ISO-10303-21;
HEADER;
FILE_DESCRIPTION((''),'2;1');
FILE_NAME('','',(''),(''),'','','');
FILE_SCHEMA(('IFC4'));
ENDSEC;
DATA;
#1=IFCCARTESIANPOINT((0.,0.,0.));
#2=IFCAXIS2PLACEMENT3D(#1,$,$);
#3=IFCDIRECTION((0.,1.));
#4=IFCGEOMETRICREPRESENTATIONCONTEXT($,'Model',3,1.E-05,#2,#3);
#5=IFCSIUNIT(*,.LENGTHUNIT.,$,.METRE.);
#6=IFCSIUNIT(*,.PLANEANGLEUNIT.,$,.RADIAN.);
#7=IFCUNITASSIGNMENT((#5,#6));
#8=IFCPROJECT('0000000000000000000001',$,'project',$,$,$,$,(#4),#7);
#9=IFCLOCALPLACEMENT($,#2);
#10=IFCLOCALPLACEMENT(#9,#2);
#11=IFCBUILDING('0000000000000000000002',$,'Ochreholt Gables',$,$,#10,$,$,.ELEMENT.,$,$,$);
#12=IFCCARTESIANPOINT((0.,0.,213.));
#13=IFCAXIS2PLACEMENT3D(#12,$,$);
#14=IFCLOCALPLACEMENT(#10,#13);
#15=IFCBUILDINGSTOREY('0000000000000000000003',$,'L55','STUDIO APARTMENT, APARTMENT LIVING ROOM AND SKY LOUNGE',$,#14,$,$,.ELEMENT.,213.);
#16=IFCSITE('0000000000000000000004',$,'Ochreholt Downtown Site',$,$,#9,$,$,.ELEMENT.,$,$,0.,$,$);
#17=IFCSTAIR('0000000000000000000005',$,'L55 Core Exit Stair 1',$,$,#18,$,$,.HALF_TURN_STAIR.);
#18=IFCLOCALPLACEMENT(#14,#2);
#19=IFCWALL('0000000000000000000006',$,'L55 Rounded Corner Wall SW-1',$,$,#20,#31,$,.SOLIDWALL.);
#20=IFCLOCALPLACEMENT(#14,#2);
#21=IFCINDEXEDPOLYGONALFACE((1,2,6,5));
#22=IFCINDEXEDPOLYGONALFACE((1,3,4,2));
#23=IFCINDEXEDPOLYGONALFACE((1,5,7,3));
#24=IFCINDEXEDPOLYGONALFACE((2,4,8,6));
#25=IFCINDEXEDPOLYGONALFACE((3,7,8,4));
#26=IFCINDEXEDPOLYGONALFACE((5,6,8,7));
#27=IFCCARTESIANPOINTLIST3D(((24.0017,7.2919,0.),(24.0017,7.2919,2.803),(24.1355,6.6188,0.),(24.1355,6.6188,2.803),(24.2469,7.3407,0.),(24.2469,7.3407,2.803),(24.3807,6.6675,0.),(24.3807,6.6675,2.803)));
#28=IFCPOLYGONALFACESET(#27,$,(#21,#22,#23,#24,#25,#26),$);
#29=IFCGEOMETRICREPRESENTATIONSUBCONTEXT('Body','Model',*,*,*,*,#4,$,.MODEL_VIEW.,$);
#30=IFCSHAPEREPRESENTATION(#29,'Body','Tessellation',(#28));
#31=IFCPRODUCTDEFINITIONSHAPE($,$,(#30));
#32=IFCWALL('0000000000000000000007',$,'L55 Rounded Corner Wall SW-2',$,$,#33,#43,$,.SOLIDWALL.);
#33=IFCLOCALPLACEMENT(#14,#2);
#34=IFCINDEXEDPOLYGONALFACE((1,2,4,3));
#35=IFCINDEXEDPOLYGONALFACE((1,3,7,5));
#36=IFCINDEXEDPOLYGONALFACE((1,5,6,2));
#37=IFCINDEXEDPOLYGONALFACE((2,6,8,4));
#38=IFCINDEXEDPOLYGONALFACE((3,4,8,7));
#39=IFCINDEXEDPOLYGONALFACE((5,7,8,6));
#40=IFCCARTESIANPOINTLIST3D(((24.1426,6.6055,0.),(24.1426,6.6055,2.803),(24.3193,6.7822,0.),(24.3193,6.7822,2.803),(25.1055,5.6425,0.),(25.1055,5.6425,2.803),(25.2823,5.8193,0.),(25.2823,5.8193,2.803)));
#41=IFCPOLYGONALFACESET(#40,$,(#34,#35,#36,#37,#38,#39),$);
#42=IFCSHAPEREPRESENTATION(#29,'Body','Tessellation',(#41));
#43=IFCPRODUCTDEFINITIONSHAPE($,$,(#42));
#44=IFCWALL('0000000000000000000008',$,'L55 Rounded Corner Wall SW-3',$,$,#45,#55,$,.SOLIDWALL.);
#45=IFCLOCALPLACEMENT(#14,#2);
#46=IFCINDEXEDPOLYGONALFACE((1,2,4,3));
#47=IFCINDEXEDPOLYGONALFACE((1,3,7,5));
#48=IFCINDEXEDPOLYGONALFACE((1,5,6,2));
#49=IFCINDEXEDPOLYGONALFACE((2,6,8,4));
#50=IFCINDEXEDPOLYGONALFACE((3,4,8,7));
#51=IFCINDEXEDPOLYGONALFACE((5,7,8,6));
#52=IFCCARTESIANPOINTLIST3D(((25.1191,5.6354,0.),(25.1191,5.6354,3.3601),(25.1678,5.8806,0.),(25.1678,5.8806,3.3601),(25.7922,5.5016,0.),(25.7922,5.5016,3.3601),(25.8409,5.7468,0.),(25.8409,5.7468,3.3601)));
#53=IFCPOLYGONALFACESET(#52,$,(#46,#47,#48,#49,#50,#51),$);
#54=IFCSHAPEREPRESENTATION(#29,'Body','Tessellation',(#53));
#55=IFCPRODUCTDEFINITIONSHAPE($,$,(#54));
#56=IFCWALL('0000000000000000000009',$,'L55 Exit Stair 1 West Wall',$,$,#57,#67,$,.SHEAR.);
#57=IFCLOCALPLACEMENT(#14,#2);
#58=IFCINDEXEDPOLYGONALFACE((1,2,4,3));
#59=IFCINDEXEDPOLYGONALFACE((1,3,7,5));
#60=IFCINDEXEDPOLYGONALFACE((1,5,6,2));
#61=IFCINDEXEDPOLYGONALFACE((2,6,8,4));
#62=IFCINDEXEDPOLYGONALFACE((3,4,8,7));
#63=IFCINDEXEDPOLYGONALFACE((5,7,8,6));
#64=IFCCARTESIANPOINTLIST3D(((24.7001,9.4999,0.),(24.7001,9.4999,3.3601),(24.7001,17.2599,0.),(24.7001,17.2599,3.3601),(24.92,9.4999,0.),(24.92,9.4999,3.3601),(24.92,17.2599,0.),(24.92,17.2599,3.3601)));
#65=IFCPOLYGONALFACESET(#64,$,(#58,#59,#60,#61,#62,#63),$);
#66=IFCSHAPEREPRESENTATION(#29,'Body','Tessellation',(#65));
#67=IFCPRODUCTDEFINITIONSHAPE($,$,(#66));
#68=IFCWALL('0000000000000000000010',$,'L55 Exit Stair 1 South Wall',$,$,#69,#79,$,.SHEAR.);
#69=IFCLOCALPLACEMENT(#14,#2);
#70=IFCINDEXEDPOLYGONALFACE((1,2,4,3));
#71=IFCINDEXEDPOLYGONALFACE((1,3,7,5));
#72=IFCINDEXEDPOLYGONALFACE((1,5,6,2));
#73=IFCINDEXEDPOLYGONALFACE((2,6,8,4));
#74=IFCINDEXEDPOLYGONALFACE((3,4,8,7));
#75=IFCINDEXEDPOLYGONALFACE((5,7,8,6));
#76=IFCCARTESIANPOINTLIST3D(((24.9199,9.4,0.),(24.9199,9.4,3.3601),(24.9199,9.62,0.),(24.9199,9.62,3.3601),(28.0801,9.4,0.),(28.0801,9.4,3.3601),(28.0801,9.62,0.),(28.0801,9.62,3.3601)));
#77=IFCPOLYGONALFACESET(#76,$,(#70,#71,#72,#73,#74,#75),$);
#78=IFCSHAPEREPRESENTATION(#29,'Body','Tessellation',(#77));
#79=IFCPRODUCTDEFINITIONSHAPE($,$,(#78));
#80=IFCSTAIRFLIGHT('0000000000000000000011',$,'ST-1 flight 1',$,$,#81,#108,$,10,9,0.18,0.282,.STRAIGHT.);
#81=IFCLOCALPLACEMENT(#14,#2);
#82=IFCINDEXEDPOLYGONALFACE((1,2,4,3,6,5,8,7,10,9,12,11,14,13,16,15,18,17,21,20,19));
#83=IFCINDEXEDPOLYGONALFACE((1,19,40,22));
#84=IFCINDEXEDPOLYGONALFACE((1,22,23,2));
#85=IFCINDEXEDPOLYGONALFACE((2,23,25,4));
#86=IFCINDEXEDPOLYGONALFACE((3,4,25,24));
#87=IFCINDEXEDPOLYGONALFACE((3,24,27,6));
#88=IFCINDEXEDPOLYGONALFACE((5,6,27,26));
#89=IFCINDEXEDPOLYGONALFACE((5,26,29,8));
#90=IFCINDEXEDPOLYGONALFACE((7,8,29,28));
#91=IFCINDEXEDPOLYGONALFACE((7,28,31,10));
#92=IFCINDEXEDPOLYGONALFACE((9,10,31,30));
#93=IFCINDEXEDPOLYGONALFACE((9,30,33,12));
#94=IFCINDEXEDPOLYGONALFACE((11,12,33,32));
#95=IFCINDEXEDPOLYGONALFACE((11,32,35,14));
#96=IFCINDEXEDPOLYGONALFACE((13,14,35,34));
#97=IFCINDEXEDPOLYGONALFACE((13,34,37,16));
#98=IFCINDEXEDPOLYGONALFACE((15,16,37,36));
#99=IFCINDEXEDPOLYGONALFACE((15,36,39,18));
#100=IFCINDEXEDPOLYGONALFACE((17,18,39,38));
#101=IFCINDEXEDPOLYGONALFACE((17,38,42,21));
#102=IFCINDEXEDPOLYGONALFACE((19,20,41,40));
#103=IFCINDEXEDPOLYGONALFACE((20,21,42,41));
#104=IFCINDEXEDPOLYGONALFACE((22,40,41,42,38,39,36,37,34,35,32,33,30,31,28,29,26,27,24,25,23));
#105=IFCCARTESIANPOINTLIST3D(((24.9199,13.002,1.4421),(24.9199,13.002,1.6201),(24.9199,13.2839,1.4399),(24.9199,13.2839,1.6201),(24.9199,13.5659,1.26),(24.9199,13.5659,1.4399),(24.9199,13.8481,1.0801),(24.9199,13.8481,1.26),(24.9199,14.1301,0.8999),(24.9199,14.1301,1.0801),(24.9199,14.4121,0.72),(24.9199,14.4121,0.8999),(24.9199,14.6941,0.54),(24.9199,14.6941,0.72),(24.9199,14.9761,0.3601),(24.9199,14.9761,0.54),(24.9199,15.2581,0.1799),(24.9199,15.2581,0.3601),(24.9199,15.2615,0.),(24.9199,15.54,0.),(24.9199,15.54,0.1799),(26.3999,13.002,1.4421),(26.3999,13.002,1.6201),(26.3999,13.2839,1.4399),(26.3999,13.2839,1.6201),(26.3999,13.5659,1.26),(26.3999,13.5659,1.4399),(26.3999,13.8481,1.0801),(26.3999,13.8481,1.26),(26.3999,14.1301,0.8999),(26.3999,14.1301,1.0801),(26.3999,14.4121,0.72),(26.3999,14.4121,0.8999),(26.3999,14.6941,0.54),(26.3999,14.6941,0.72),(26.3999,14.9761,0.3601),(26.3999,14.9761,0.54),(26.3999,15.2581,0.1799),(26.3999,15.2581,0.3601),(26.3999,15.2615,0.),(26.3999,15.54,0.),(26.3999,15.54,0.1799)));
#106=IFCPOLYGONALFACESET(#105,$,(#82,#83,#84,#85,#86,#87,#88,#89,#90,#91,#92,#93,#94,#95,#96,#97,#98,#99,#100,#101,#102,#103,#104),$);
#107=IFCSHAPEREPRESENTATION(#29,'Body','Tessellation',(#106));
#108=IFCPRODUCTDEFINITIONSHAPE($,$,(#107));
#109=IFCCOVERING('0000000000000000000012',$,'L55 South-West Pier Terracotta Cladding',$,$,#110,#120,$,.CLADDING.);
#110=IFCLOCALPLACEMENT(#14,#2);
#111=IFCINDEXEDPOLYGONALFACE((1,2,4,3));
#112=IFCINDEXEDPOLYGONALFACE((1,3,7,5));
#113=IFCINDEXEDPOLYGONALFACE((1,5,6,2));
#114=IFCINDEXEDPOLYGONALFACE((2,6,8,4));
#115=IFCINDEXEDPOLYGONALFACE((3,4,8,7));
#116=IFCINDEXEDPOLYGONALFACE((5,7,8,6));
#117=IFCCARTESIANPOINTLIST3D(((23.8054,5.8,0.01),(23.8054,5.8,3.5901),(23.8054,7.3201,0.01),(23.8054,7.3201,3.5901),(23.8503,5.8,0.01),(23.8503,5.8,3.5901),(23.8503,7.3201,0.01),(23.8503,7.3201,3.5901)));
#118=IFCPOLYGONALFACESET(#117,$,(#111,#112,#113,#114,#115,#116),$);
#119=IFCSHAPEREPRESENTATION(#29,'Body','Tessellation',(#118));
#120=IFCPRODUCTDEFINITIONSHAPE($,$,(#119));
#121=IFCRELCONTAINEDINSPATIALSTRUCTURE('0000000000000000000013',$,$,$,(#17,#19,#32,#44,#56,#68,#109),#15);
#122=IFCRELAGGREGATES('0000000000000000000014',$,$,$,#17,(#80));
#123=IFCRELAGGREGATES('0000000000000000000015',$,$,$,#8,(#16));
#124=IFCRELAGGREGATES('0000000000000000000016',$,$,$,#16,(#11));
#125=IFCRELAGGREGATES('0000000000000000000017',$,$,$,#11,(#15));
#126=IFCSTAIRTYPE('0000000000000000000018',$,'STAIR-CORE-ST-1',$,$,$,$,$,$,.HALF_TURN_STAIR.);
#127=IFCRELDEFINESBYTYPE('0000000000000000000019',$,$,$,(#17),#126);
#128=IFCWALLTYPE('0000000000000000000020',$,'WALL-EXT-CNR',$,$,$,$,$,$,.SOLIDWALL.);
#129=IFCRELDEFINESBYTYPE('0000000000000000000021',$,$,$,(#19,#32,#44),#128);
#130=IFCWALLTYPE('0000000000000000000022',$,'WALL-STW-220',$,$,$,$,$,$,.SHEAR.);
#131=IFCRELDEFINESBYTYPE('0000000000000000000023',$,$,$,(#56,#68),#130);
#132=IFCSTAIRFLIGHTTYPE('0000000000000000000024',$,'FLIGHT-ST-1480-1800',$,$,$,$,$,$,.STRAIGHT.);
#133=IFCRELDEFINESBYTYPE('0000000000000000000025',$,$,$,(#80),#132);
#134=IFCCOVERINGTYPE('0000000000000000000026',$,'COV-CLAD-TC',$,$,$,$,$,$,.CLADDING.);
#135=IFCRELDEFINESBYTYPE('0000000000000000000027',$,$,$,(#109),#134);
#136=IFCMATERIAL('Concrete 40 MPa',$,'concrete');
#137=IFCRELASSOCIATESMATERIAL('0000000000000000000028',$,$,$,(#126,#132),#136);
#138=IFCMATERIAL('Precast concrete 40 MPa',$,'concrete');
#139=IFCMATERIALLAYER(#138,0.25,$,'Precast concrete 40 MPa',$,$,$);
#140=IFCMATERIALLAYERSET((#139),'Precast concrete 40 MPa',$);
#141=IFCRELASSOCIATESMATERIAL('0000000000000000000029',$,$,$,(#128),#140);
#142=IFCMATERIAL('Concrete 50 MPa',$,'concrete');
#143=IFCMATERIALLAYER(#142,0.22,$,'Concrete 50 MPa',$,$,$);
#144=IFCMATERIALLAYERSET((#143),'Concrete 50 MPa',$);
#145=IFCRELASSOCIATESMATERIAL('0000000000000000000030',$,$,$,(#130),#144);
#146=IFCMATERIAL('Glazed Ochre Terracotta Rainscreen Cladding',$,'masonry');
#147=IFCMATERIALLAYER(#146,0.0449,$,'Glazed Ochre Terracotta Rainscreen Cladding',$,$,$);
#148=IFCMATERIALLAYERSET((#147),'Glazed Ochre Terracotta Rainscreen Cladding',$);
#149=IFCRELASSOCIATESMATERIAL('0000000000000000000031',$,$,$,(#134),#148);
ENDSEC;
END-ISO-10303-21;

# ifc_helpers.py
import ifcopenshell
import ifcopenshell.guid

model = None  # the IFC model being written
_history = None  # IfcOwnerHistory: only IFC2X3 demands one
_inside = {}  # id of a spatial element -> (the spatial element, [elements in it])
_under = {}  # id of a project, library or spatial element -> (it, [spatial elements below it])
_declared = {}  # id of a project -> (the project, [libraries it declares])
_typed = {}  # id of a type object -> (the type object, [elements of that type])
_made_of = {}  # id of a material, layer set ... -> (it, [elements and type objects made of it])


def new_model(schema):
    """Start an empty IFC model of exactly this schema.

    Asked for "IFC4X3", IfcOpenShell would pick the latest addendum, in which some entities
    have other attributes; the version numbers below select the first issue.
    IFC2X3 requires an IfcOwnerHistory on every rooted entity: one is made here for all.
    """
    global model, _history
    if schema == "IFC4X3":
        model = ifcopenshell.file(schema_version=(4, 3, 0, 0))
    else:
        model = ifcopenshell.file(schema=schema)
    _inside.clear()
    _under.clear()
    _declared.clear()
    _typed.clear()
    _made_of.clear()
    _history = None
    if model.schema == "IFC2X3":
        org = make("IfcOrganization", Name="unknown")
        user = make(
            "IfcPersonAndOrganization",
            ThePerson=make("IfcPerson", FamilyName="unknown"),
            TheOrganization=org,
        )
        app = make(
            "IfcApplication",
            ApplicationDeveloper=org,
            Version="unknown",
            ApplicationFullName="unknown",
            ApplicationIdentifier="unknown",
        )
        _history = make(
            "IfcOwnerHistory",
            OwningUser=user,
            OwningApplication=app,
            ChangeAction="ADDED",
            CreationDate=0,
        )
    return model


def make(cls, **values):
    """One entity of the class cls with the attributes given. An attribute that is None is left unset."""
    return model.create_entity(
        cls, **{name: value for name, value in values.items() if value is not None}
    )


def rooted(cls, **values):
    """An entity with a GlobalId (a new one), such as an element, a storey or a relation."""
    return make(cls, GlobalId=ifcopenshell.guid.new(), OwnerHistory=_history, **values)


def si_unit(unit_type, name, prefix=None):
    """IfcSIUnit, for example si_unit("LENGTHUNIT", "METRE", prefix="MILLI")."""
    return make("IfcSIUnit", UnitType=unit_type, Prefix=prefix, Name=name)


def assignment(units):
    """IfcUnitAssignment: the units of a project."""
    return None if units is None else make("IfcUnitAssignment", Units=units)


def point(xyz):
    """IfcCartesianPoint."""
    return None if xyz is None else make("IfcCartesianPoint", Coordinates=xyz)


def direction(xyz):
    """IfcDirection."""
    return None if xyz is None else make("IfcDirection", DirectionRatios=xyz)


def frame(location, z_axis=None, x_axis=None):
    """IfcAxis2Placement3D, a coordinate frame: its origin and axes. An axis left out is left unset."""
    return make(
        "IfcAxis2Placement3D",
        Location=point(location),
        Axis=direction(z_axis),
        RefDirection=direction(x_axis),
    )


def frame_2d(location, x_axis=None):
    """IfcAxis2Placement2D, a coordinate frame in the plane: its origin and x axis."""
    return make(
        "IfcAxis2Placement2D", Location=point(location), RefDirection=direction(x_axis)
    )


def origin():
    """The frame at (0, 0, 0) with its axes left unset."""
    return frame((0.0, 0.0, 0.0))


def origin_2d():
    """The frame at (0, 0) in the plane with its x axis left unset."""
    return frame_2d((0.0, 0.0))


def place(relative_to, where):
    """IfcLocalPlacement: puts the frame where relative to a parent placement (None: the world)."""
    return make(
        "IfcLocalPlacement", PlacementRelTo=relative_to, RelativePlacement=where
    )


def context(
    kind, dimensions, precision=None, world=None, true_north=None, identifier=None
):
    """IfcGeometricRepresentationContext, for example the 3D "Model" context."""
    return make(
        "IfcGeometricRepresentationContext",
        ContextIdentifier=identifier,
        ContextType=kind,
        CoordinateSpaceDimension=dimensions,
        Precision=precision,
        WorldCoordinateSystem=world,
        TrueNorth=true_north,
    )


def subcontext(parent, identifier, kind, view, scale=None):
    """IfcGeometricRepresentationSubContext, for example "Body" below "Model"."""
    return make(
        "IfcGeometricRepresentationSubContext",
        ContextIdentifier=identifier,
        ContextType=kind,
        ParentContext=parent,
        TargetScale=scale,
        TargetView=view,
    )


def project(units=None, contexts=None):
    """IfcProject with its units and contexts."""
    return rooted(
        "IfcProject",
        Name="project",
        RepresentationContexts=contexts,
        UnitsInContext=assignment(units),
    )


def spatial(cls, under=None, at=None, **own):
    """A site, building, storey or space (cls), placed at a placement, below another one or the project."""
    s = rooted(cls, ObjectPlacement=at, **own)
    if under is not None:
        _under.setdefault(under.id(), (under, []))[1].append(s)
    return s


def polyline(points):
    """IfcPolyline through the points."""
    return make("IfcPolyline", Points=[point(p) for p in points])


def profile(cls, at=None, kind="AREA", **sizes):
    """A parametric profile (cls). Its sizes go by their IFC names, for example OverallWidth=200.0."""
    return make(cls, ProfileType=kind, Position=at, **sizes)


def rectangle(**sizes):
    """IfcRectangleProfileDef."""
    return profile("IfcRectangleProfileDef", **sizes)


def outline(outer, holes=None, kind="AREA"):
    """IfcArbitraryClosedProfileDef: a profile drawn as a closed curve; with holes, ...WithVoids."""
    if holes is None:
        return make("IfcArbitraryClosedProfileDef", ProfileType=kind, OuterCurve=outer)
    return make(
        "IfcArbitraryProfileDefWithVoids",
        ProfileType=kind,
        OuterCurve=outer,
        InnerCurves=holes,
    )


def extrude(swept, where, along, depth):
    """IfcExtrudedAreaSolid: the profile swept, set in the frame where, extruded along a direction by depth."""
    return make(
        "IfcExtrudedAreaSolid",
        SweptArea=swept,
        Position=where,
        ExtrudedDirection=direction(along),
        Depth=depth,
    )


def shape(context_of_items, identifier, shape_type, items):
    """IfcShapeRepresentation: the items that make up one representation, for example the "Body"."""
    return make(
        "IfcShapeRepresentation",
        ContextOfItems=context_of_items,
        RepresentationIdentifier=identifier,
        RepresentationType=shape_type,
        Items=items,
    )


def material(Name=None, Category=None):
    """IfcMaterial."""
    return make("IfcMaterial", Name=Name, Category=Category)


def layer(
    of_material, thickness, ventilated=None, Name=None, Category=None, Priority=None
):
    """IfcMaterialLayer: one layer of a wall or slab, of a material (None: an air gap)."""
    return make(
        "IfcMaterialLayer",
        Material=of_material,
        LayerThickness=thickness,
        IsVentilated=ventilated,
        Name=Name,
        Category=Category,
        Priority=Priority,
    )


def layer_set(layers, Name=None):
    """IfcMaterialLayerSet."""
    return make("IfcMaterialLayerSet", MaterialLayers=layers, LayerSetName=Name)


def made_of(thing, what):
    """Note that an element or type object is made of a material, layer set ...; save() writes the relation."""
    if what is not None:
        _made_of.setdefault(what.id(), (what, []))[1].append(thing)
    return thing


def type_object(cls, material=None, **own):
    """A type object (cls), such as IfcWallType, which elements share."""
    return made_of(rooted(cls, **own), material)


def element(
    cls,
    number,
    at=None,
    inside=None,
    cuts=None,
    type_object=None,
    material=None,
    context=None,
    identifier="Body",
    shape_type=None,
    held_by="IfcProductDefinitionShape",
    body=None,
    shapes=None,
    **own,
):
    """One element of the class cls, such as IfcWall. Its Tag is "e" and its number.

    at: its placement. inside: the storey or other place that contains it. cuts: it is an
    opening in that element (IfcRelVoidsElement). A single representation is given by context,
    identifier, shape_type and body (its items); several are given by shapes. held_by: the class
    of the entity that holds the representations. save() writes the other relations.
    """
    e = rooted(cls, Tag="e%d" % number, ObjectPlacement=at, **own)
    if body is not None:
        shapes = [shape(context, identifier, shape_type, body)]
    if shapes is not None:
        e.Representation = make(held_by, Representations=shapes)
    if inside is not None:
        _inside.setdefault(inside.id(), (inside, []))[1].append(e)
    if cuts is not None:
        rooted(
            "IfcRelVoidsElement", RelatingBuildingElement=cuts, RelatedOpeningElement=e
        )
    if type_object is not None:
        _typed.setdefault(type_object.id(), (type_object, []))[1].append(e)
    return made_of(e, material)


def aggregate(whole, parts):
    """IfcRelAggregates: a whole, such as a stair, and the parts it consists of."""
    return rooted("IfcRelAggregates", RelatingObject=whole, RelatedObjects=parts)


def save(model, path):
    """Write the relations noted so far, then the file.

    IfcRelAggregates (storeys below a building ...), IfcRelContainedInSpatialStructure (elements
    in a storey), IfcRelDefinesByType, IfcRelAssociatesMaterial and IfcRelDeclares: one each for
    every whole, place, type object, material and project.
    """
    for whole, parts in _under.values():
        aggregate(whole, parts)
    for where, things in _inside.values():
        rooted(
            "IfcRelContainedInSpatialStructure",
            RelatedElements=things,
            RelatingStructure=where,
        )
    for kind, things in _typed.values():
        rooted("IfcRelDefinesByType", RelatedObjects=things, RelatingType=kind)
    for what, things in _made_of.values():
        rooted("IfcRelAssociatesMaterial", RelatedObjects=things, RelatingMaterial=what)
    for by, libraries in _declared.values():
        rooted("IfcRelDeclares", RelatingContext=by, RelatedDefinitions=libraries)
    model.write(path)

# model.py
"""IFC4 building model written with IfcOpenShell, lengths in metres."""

from ifc_helpers import new_model, si_unit, direction, frame, frame_2d, origin, origin_2d, place, context, subcontext, project, spatial, polyline, rectangle, outline, extrude, material, layer, layer_set, type_object, element, aggregate, save


model = new_model("IFC4")

# Units and contexts
model_context = context("Model", 3, precision=1e-05, world=origin(), true_north=direction((0.0, 1.0)))
body_context = subcontext(model_context, "Body", "Model", "MODEL_VIEW")
ifc_project = project(units=[si_unit("LENGTHUNIT", "METRE"), si_unit("PLANEANGLEUNIT", "RADIAN")], contexts=[model_context])

# Site, building, storey
site_placement = place(None, origin())
site = spatial("IfcSite", under=ifc_project, at=site_placement, Name="Ochreholt Downtown Site", CompositionType="ELEMENT", RefElevation=0.0)
building_placement = place(site_placement, origin())
building = spatial("IfcBuilding", under=site, at=building_placement, Name="Ochreholt Gables", CompositionType="ELEMENT")
storey_placement = place(building_placement, frame((0.0, 0.0, 213.0)))
storey = spatial("IfcBuildingStorey", under=building, at=storey_placement, Name="L55", Description="STUDIO APARTMENT, APARTMENT LIVING ROOM AND SKY LOUNGE", CompositionType="ELEMENT", Elevation=213.0)

# Shared definitions
ifc_material_1 = material(Name="Concrete 50 MPa", Category="concrete")

# Stair
ifc_material_2 = material(Name="Concrete 40 MPa", Category="concrete")
stair_type_1 = type_object("IfcStairType", Name="STAIR-CORE-ST-1", PredefinedType="HALF_TURN_STAIR", material=ifc_material_2)
stair_1_placement = place(storey_placement, origin())
stair_1 = element("IfcStair", 1, at=stair_1_placement, inside=storey, type_object=stair_type_1, Name="L55 Core Exit Stair 1", PredefinedType="HALF_TURN_STAIR")

# Shared definitions
ifc_material_3 = material(Name="Precast concrete 40 MPa", Category="concrete")

# Walls
ifc_layer_1 = layer(ifc_material_3, 0.25, Name="Precast concrete 40 MPa")
ifc_layer_set_1 = layer_set([ifc_layer_1], Name="Precast concrete 40 MPa")
wall_type_1 = type_object("IfcWallType", Name="WALL-EXT-CNR", PredefinedType="SOLIDWALL", material=ifc_layer_set_1)
wall_1_placement = place(storey_placement, frame((24.1243, 7.3164, 0.0), z_axis=(0.0, 0.0, 1.0), x_axis=(0.194953, -0.980813, 0.0)))
element("IfcWall", 2, at=wall_1_placement, inside=storey, type_object=wall_type_1, Name="L55 Rounded Corner Wall SW-1", PredefinedType="SOLIDWALL", context=body_context, shape_type="SweptSolid", body=[
    extrude(rectangle(XDim=0.6863, YDim=0.25, at=frame_2d((0.3433, 0.0))), origin(), (0.0, 0.0, 1.0), 2.803),
])
wall_2_placement = place(storey_placement, frame((24.231, 6.6938, 0.0), z_axis=(0.0, 0.0, 1.0), x_axis=(0.707107, -0.707107, 0.0)))
element("IfcWall", 3, at=wall_2_placement, inside=storey, type_object=wall_type_1, Name="L55 Rounded Corner Wall SW-2", PredefinedType="SOLIDWALL", context=body_context, shape_type="SweptSolid", body=[
    extrude(rectangle(XDim=1.3618, YDim=0.25, at=frame_2d((0.6809, 0.0))), origin(), (0.0, 0.0, 1.0), 2.803),
])
wall_3_placement = place(storey_placement, frame((25.1433, 5.7581, 0.0), z_axis=(0.0, 0.0, 1.0), x_axis=(0.980813, -0.194953, 0.0)))
element("IfcWall", 4, at=wall_3_placement, inside=storey, type_object=wall_type_1, Name="L55 Rounded Corner Wall SW-3", PredefinedType="SOLIDWALL", context=body_context, shape_type="SweptSolid", body=[
    extrude(rectangle(XDim=0.6863, YDim=0.25, at=frame_2d((0.3433, 0.0))), origin(), (0.0, 0.0, 1.0), 3.3601),
])
ifc_layer_2 = layer(ifc_material_1, 0.22, Name="Concrete 50 MPa")
ifc_layer_set_2 = layer_set([ifc_layer_2], Name="Concrete 50 MPa")
wall_type_2 = type_object("IfcWallType", Name="WALL-STW-220", PredefinedType="SHEAR", material=ifc_layer_set_2)
wall_4_placement = place(storey_placement, frame((24.8101, 9.5, 0.0), z_axis=(0.0, 0.0, 1.0), x_axis=(0.0, 1.0, 0.0)))
element("IfcWall", 5, at=wall_4_placement, inside=storey, type_object=wall_type_2, Name="L55 Exit Stair 1 West Wall", PredefinedType="SHEAR", context=body_context, shape_type="SweptSolid", body=[
    extrude(rectangle(XDim=7.76, YDim=0.22, at=frame_2d((3.8799, 0.0))), origin(), (0.0, 0.0, 1.0), 3.3601),
])
wall_5_placement = place(storey_placement, frame((24.9199, 9.51, 0.0), z_axis=(0.0, 0.0, 1.0), x_axis=(1.0, 0.0, 0.0)))
element("IfcWall", 6, at=wall_5_placement, inside=storey, type_object=wall_type_2, Name="L55 Exit Stair 1 South Wall", PredefinedType="SHEAR", context=body_context, shape_type="SweptSolid", body=[
    extrude(rectangle(XDim=3.1602, YDim=0.22, at=frame_2d((1.5801, 0.0))), origin(), (0.0, 0.0, 1.0), 3.3601),
])

# Stair flight
stair_flight_type = type_object("IfcStairFlightType", Name="FLIGHT-ST-1480-1800", PredefinedType="STRAIGHT", material=ifc_material_2)
stair_flight_placement = place(storey_placement, frame((25.6599, 15.54, 0.0), z_axis=(0.0, 0.0, 1.0), x_axis=(0.0, -1.0, 0.0)))
stair_flight = element("IfcStairFlight", 7, at=stair_flight_placement, type_object=stair_flight_type, Name="ST-1 flight 1", NumberOfRisers=10, NumberOfTreads=9, PredefinedType="STRAIGHT", RiserHeight=0.18, TreadLength=0.282, context=body_context, shape_type="SweptSolid", body=[
    extrude(outline(polyline([(0.0, 0.0), (0.0, 0.1799), (0.282, 0.1799), (0.282, 0.3601), (0.564, 0.3601), (0.564, 0.54), (0.8459, 0.54), (0.8459, 0.72), (1.1279, 0.72), (1.1279, 0.8999), (1.4099, 0.8999), (1.4099, 1.0801), (1.6919, 1.0801), (1.6919, 1.26), (1.9741, 1.26), (1.9741, 1.4399), (2.2561, 1.4399), (2.2561, 1.6201), (2.5381, 1.6201), (2.5381, 1.8), (2.5381, 1.4421), (0.2786, 0.0), (0.0, 0.0)])), frame((0.0, 0.74, 0.0), z_axis=(0.0, -1.0, 0.0), x_axis=(1.0, 0.0, 0.0)), (0.0, 0.0, 1.0), 1.48),
])
aggregate(stair_1, [stair_flight])

# Covering
ifc_material_4 = material(Name="Glazed Ochre Terracotta Rainscreen Cladding", Category="masonry")
ifc_layer_3 = layer(ifc_material_4, 0.0449, Name="Glazed Ochre Terracotta Rainscreen Cladding")
ifc_layer_set_3 = layer_set([ifc_layer_3], Name="Glazed Ochre Terracotta Rainscreen Cladding")
covering_type = type_object("IfcCoveringType", Name="COV-CLAD-TC", PredefinedType="CLADDING", material=ifc_layer_set_3)
covering_placement = place(storey_placement, frame((23.8279, 6.5601, 0.01), z_axis=(0.0, 0.0, 1.0), x_axis=(0.0, 1.0, 0.0)))
element("IfcCovering", 8, at=covering_placement, inside=storey, type_object=covering_type, Name="L55 South-West Pier Terracotta Cladding", PredefinedType="CLADDING", context=body_context, shape_type="SweptSolid", body=[
    extrude(rectangle(XDim=1.52, YDim=0.0449, at=origin_2d()), origin(), (0.0, 0.0, 1.0), 3.5801),
])

save(model, "model.ifc")
